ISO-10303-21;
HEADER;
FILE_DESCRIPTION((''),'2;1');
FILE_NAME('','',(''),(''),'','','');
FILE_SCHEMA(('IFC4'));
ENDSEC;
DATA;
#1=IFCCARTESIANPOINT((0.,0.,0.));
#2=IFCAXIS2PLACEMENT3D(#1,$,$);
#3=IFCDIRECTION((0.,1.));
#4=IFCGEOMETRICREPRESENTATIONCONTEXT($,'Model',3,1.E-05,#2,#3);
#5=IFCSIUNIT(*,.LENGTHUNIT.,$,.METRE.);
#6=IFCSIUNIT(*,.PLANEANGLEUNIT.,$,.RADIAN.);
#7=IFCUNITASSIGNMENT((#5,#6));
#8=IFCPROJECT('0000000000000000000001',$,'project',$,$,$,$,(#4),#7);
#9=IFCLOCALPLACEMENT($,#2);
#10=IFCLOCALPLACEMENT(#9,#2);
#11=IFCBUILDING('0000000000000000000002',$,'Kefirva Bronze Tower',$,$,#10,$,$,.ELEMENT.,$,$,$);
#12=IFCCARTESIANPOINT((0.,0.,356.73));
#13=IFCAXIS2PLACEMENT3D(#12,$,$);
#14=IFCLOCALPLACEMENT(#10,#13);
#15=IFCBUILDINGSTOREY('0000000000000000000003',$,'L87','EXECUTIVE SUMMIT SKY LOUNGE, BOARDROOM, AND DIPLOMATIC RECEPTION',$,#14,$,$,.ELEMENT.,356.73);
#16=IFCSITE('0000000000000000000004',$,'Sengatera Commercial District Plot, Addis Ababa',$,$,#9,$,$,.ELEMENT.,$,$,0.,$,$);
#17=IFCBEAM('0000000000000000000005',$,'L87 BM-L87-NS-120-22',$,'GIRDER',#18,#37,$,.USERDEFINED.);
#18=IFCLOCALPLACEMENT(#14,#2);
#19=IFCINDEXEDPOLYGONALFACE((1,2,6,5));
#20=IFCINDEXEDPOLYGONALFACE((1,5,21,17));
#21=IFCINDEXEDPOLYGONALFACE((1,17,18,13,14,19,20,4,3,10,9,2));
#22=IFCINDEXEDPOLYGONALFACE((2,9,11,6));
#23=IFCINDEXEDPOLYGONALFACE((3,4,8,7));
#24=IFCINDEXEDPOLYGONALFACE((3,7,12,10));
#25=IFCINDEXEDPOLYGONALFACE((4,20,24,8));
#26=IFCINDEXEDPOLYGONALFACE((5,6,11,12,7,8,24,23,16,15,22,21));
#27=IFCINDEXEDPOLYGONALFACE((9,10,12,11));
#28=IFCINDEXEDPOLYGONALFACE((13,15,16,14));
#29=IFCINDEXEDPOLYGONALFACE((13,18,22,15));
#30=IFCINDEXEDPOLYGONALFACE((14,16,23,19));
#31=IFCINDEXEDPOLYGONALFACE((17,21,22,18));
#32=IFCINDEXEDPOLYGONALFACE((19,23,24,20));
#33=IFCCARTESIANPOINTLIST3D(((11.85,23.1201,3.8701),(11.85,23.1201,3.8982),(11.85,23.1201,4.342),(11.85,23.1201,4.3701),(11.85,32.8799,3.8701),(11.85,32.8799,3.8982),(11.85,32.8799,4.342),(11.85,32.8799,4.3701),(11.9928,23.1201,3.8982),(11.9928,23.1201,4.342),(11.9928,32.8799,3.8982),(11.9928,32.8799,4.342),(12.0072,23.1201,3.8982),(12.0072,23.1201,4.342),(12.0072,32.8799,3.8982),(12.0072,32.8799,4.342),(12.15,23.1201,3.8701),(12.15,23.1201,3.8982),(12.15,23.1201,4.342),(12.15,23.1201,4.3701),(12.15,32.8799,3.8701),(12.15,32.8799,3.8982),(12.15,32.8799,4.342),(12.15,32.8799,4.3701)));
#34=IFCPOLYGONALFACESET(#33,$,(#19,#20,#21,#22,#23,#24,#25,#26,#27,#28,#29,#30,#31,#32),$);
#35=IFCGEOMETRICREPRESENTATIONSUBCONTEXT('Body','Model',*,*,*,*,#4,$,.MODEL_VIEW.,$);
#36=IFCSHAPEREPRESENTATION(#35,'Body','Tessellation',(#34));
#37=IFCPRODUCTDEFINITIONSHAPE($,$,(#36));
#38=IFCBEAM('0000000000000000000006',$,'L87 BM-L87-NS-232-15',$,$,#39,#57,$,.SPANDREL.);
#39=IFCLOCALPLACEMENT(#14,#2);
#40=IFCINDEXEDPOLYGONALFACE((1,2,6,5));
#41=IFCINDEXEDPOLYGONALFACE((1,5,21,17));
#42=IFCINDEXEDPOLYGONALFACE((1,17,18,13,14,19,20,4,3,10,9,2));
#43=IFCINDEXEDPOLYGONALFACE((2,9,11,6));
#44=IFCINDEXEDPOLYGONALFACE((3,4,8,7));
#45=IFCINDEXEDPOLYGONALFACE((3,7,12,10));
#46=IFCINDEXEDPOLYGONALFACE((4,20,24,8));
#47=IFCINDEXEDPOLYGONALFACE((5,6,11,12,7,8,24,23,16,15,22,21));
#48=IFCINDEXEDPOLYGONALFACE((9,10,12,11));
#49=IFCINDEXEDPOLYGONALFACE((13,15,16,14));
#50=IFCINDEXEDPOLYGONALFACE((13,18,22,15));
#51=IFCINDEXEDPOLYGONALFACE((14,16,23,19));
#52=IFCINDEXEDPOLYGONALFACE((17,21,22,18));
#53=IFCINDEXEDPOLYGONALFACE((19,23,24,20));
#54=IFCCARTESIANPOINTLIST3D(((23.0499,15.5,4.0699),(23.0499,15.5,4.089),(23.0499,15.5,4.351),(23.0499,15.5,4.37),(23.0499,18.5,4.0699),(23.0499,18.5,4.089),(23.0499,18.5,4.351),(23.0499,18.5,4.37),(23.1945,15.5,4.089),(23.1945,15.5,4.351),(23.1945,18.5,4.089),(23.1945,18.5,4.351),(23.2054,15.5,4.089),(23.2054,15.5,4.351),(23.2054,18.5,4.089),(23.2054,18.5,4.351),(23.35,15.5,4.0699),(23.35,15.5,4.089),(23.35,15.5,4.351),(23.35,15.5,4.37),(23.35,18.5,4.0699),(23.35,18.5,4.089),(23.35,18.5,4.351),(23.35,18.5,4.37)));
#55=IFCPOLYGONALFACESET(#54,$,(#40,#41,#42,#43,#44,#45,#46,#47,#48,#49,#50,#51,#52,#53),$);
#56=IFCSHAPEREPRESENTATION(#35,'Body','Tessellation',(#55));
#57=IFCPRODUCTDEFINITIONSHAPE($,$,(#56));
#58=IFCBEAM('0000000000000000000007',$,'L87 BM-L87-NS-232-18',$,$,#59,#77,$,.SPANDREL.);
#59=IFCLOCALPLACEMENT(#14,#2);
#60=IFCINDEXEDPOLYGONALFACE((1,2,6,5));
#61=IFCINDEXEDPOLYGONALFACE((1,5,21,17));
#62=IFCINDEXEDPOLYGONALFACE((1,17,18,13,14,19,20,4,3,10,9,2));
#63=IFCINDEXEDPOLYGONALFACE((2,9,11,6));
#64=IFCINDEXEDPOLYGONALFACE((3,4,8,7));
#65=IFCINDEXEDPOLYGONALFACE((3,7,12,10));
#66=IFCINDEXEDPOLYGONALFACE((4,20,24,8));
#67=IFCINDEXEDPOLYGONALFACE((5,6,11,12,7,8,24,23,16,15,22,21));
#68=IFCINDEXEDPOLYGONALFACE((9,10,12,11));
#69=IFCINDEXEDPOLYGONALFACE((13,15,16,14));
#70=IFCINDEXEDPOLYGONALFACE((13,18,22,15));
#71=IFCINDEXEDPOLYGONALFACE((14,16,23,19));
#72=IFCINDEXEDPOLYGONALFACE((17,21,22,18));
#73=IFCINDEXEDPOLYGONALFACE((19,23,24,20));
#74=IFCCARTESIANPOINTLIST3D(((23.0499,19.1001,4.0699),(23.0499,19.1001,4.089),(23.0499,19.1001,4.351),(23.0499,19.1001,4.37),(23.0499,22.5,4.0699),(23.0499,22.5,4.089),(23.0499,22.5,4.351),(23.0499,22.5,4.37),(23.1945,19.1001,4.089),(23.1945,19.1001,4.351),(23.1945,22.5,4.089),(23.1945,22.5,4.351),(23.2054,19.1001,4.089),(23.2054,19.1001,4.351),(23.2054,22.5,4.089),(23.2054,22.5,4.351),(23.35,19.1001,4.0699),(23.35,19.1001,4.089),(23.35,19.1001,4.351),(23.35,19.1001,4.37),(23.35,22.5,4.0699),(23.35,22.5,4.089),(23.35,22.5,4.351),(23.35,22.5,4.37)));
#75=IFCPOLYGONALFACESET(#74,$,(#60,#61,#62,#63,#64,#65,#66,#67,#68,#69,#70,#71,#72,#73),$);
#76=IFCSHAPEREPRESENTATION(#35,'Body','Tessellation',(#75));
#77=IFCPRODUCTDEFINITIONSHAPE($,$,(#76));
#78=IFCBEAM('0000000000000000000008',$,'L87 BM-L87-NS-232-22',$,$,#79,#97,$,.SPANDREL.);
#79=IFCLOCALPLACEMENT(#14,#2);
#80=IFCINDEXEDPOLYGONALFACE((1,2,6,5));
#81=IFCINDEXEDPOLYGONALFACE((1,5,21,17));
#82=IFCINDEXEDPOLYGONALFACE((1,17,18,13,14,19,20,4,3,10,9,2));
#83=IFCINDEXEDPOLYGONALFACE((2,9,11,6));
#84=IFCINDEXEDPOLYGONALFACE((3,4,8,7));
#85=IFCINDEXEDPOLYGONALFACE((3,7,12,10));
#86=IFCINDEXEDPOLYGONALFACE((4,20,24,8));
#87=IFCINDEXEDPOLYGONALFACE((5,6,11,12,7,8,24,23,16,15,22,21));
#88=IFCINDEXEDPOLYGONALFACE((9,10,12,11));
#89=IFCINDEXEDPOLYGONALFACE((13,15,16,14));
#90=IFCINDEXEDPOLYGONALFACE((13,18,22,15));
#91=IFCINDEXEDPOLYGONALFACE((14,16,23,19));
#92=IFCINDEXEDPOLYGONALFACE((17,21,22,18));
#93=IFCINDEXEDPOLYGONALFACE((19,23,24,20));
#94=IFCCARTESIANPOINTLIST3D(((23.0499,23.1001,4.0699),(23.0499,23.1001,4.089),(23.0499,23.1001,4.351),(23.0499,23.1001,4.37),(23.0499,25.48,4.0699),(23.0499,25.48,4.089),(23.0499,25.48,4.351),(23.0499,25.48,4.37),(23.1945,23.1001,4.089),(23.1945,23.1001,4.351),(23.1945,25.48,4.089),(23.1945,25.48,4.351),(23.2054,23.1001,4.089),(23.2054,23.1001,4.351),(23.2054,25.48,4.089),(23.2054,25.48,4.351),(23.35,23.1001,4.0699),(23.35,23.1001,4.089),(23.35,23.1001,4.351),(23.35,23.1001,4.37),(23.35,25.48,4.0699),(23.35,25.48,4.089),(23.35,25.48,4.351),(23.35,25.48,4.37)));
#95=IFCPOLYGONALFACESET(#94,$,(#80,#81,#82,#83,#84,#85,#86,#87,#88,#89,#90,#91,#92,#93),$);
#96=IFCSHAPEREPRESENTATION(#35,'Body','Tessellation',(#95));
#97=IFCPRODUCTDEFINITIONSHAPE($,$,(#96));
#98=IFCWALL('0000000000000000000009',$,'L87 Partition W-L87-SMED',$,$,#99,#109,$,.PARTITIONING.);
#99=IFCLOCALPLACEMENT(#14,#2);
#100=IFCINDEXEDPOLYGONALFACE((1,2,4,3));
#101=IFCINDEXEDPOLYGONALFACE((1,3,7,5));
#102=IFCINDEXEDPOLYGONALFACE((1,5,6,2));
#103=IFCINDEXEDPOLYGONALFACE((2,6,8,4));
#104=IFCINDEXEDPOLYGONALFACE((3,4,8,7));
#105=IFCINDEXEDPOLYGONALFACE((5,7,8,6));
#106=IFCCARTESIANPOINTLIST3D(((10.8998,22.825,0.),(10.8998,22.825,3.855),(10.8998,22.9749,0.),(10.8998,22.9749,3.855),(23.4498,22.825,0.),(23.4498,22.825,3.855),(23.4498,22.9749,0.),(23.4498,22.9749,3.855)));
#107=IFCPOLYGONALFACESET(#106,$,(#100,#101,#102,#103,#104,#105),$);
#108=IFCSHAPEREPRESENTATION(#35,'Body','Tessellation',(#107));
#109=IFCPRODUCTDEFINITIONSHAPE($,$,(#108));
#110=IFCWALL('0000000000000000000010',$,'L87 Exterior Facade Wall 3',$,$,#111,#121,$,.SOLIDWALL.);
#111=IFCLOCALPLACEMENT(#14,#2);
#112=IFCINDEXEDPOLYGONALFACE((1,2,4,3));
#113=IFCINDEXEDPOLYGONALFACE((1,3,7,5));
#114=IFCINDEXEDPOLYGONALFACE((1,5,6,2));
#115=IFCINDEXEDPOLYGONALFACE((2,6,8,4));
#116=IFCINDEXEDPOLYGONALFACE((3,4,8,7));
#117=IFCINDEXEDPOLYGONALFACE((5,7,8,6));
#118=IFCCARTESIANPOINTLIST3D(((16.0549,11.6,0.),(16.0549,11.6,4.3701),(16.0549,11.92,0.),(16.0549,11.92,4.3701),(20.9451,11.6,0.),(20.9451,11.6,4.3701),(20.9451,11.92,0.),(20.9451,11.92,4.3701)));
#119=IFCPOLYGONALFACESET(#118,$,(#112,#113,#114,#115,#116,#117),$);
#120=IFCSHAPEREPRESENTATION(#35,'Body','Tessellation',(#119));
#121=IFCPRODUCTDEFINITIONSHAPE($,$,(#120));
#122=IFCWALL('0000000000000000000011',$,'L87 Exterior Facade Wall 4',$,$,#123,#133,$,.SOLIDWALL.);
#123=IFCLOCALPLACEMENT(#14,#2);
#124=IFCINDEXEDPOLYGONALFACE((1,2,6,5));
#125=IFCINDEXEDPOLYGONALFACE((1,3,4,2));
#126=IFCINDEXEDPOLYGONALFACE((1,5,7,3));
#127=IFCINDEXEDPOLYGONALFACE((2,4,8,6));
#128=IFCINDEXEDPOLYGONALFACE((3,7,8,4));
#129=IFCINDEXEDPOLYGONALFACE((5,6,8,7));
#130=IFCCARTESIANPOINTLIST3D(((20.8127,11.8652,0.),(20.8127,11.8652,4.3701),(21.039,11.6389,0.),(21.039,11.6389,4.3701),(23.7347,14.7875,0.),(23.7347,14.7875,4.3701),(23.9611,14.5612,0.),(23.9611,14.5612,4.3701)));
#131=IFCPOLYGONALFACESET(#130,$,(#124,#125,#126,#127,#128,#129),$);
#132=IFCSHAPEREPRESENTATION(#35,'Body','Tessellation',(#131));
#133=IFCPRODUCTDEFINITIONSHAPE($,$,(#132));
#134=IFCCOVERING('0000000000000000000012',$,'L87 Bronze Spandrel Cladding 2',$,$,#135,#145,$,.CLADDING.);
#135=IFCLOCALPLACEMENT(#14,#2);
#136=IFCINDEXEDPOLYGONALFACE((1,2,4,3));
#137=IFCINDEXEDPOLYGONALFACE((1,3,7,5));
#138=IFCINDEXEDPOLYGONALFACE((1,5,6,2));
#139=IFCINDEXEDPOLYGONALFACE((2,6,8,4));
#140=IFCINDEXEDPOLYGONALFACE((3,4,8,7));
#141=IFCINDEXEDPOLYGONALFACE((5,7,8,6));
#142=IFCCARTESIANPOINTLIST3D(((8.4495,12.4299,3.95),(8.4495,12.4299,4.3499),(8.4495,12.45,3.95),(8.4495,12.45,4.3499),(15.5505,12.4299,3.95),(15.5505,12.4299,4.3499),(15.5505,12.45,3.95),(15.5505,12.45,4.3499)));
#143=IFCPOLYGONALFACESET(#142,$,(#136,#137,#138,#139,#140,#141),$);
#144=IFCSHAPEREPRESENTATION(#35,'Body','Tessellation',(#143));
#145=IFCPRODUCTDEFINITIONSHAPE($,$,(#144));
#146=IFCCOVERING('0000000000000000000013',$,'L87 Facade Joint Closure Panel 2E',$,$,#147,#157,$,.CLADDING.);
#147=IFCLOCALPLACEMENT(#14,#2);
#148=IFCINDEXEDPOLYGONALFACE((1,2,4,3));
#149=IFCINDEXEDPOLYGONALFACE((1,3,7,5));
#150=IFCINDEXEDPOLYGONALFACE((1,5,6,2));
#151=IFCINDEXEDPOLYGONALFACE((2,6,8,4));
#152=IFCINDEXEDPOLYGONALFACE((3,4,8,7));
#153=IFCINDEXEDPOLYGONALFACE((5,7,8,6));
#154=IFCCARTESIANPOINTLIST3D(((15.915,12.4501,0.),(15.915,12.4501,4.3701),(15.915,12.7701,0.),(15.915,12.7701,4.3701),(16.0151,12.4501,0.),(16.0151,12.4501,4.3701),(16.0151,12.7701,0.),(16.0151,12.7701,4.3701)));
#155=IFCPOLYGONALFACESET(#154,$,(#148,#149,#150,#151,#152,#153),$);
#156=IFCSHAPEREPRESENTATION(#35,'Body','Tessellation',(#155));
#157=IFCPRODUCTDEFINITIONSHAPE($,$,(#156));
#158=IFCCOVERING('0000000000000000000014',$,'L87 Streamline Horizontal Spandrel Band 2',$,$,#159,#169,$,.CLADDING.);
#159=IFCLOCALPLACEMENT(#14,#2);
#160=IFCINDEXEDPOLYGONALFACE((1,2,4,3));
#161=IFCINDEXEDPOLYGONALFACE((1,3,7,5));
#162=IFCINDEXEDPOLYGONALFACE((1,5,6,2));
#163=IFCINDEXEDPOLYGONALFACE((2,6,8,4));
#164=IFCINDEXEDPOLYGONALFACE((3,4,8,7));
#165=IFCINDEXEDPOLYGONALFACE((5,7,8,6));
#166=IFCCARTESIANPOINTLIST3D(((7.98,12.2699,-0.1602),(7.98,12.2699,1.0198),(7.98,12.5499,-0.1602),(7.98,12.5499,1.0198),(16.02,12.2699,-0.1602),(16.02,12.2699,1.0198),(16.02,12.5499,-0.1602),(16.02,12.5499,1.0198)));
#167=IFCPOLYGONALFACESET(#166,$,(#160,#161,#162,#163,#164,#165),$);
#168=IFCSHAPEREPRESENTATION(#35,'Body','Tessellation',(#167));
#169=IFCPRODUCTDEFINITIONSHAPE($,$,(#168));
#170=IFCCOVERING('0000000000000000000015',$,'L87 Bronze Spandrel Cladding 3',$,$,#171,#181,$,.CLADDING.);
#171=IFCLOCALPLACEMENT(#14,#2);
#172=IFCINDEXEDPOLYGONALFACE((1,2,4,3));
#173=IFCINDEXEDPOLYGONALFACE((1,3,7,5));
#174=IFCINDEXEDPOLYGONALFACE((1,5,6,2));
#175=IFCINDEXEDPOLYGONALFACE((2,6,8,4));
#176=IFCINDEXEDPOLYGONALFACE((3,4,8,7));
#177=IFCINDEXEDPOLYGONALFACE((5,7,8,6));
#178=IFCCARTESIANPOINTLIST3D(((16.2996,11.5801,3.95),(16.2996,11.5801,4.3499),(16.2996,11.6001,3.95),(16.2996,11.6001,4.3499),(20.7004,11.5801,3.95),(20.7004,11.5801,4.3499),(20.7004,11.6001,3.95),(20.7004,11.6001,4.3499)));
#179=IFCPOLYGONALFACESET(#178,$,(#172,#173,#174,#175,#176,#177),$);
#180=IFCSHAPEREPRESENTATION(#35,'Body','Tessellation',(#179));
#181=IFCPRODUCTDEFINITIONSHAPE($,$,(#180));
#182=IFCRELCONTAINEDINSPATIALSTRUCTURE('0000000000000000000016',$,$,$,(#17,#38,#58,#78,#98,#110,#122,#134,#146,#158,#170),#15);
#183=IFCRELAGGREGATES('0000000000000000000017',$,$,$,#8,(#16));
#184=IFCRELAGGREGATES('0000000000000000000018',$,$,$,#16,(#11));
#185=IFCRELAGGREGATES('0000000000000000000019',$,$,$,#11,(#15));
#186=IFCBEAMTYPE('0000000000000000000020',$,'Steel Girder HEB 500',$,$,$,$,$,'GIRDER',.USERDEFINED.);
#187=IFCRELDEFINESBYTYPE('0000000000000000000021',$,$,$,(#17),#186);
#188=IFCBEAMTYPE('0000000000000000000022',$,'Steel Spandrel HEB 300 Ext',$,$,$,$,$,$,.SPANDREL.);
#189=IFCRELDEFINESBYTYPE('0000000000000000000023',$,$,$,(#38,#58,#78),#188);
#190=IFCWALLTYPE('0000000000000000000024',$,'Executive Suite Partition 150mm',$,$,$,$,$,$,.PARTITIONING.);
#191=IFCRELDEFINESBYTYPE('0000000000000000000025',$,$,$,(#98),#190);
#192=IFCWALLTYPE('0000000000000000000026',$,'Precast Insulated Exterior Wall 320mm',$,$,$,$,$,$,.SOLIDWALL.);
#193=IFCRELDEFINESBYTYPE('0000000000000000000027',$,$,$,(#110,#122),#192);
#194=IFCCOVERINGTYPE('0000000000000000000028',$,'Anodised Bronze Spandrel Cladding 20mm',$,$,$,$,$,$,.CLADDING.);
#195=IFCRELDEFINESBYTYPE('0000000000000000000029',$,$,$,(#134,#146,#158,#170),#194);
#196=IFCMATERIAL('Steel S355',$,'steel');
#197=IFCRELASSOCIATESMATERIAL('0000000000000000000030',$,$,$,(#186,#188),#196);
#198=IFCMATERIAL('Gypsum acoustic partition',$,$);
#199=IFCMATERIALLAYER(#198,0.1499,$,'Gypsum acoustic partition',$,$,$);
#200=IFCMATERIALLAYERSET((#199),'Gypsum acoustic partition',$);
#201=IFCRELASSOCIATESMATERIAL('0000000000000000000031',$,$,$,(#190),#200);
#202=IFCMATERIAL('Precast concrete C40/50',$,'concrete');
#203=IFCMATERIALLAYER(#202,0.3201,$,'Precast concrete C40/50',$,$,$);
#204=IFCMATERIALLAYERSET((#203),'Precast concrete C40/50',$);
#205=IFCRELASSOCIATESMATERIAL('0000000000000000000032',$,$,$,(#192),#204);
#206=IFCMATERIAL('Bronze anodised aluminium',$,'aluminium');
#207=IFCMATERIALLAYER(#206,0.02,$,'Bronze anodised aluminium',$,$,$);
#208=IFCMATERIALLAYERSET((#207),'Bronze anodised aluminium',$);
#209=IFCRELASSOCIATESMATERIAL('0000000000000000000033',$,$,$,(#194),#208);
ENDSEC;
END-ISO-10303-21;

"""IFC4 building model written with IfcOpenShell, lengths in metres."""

from ifc_helpers import new_model, si_unit, direction, frame, frame_2d, origin, origin_2d, place, context, subcontext, project, spatial, rectangle, i_section, extrude, material, layer, layer_set, material_profile, profile_set, type_object, element, save


model = new_model("IFC4")

# Units and contexts
model_context = context("Model", 3, precision=1e-05, world=origin(), true_north=direction((0.0, 1.0)))
body_context = subcontext(model_context, "Body", "Model", "MODEL_VIEW")
ifc_project = project(units=[si_unit("LENGTHUNIT", "METRE"), si_unit("PLANEANGLEUNIT", "RADIAN")], contexts=[model_context])

# Site, building, storey
site_placement = place(None, origin())
site = spatial("IfcSite", under=ifc_project, at=site_placement, Name="Sengatera Commercial District Plot, Addis Ababa", CompositionType="ELEMENT", RefElevation=0.0)
building_placement = place(site_placement, origin())
building = spatial("IfcBuilding", under=site, at=building_placement, Name="Kefirva Bronze Tower", CompositionType="ELEMENT")
storey_placement = place(building_placement, frame((0.0, 0.0, 356.73)))
storey = spatial("IfcBuildingStorey", under=building, at=storey_placement, Name="L87", Description="EXECUTIVE SUMMIT SKY LOUNGE, BOARDROOM, AND DIPLOMATIC RECEPTION", CompositionType="ELEMENT", Elevation=356.73)

# Beams
ifc_material_1 = material(Name="Steel S355", Category="steel")
ifc_material_profile_1 = material_profile(ifc_material_1, i_section(OverallWidth=0.3, OverallDepth=0.5, WebThickness=0.0144, FlangeThickness=0.0281, at=origin_2d()), Name="HEB 500")
ifc_profile_set_1 = profile_set([ifc_material_profile_1], Name="Steel S355")
beam_type_1 = type_object("IfcBeamType", Name="Steel Girder HEB 500", ElementType="GIRDER", PredefinedType="USERDEFINED", material=ifc_profile_set_1)
beam_1_placement = place(storey_placement, frame((12.0, 23.1201, 4.1201), z_axis=(0.0, 1.0, 0.0), x_axis=(-1.0, 0.0, 0.0)))
element("IfcBeam", 1, at=beam_1_placement, inside=storey, type_object=beam_type_1, Name="L87 BM-L87-NS-120-22", ObjectType="GIRDER", PredefinedType="USERDEFINED", context=body_context, shape_type="SweptSolid", body=[
    extrude(i_section(OverallWidth=0.3, OverallDepth=0.5, WebThickness=0.0144, FlangeThickness=0.0281, at=origin_2d()), origin(), (0.0, 0.0, 1.0), 9.7598),
])
ifc_material_profile_2 = material_profile(ifc_material_1, i_section(OverallWidth=0.3, OverallDepth=0.3, WebThickness=0.011, FlangeThickness=0.019, at=origin_2d()), Name="HEB 300")
ifc_profile_set_2 = profile_set([ifc_material_profile_2], Name="Steel S355")
beam_type_2 = type_object("IfcBeamType", Name="Steel Spandrel HEB 300 Ext", PredefinedType="SPANDREL", material=ifc_profile_set_2)
beam_2_placement = place(storey_placement, frame((23.2, 15.5, 4.22), z_axis=(0.0, 1.0, 0.0), x_axis=(-1.0, 0.0, 0.0)))
element("IfcBeam", 2, at=beam_2_placement, inside=storey, type_object=beam_type_2, Name="L87 BM-L87-NS-232-15", PredefinedType="SPANDREL", context=body_context, shape_type="SweptSolid", body=[
    extrude(i_section(OverallWidth=0.3, OverallDepth=0.3, WebThickness=0.011, FlangeThickness=0.019, at=origin_2d()), origin(), (0.0, 0.0, 1.0), 3.0),
])
beam_3_placement = place(storey_placement, frame((23.2, 19.1001, 4.22), z_axis=(0.0, 1.0, 0.0), x_axis=(-1.0, 0.0, 0.0)))
element("IfcBeam", 3, at=beam_3_placement, inside=storey, type_object=beam_type_2, Name="L87 BM-L87-NS-232-18", PredefinedType="SPANDREL", context=body_context, shape_type="SweptSolid", body=[
    extrude(i_section(OverallWidth=0.3, OverallDepth=0.3, WebThickness=0.011, FlangeThickness=0.019, at=origin_2d()), origin(), (0.0, 0.0, 1.0), 3.3999),
])
beam_4_placement = place(storey_placement, frame((23.2, 23.1001, 4.22), z_axis=(0.0, 1.0, 0.0), x_axis=(-1.0, 0.0, 0.0)))
element("IfcBeam", 4, at=beam_4_placement, inside=storey, type_object=beam_type_2, Name="L87 BM-L87-NS-232-22", PredefinedType="SPANDREL", context=body_context, shape_type="SweptSolid", body=[
    extrude(i_section(OverallWidth=0.3, OverallDepth=0.3, WebThickness=0.011, FlangeThickness=0.019, at=origin_2d()), origin(), (0.0, 0.0, 1.0), 2.3799),
])

# Walls
ifc_material_2 = material(Name="Gypsum acoustic partition")
ifc_layer_1 = layer(ifc_material_2, 0.1499, Name="Gypsum acoustic partition")
ifc_layer_set_1 = layer_set([ifc_layer_1], Name="Gypsum acoustic partition")
wall_type_1 = type_object("IfcWallType", Name="Executive Suite Partition 150mm", PredefinedType="PARTITIONING", material=ifc_layer_set_1)
wall_1_placement = place(storey_placement, frame((10.8999, 22.8999, 0.0), z_axis=(0.0, 0.0, 1.0), x_axis=(1.0, 0.0, 0.0)))
element("IfcWall", 5, at=wall_1_placement, inside=storey, type_object=wall_type_1, Name="L87 Partition W-L87-SMED", PredefinedType="PARTITIONING", context=body_context, shape_type="SweptSolid", body=[
    extrude(rectangle(XDim=12.55, YDim=0.1499, at=frame_2d((6.2749, 0.0))), origin(), (0.0, 0.0, 1.0), 3.855),
])
ifc_material_3 = material(Name="Precast concrete C40/50", Category="concrete")
ifc_layer_2 = layer(ifc_material_3, 0.3201, Name="Precast concrete C40/50")
ifc_layer_set_2 = layer_set([ifc_layer_2], Name="Precast concrete C40/50")
wall_type_2 = type_object("IfcWallType", Name="Precast Insulated Exterior Wall 320mm", PredefinedType="SOLIDWALL", material=ifc_layer_set_2)
wall_2_placement = place(storey_placement, frame((16.0549, 11.76, 0.0), z_axis=(0.0, 0.0, 1.0), x_axis=(1.0, 0.0, 0.0)))
element("IfcWall", 6, at=wall_2_placement, inside=storey, type_object=wall_type_2, Name="L87 Exterior Facade Wall 3", PredefinedType="SOLIDWALL", context=body_context, shape_type="SweptSolid", body=[
    extrude(rectangle(XDim=4.8901, YDim=0.3201, at=frame_2d((2.4451, 0.0))), origin(), (0.0, 0.0, 1.0), 4.3701),
])
wall_3_placement = place(storey_placement, frame((20.9258, 11.752, 0.0), z_axis=(0.0, 0.0, 1.0), x_axis=(0.707077, 0.707136, 0.0)))
element("IfcWall", 7, at=wall_3_placement, inside=storey, type_object=wall_type_2, Name="L87 Exterior Facade Wall 4", PredefinedType="SOLIDWALL", context=body_context, shape_type="SweptSolid", body=[
    extrude(rectangle(XDim=4.1326, YDim=0.3201, at=frame_2d((2.0664, 0.0))), origin(), (0.0, 0.0, 1.0), 4.3701),
])

# Coverings
ifc_material_4 = material(Name="Bronze anodised aluminium", Category="aluminium")
ifc_layer_3 = layer(ifc_material_4, 0.02, Name="Bronze anodised aluminium")
ifc_layer_set_3 = layer_set([ifc_layer_3], Name="Bronze anodised aluminium")
covering_type_1 = type_object("IfcCoveringType", Name="Anodised Bronze Spandrel Cladding 20mm", PredefinedType="CLADDING", material=ifc_layer_set_3)
covering_1_placement = place(storey_placement, frame((12.0, 12.4399, 3.95), z_axis=(0.0, 0.0, 1.0), x_axis=(1.0, 0.0, 0.0)))
element("IfcCovering", 8, at=covering_1_placement, inside=storey, type_object=covering_type_1, Name="L87 Bronze Spandrel Cladding 2", PredefinedType="CLADDING", context=body_context, shape_type="SweptSolid", body=[
    extrude(rectangle(XDim=7.1011, YDim=0.02, at=origin_2d()), origin(), (0.0, 0.0, 1.0), 0.3999),
])
covering_2_placement = place(storey_placement, frame((15.9651, 12.6101, 0.0), z_axis=(0.0, 0.0, 1.0), x_axis=(1.0, 0.0, 0.0)))
element("IfcCovering", 9, at=covering_2_placement, inside=storey, type_object=covering_type_1, Name="L87 Facade Joint Closure Panel 2E", PredefinedType="CLADDING", context=body_context, shape_type="SweptSolid", body=[
    extrude(rectangle(XDim=0.1001, YDim=0.3201, at=origin_2d()), origin(), (0.0, 0.0, 1.0), 4.3701),
])
covering_3_placement = place(storey_placement, frame((12.0, 12.4099, -0.1602), z_axis=(0.0, 0.0, 1.0), x_axis=(1.0, 0.0, 0.0)))
element("IfcCovering", 10, at=covering_3_placement, inside=storey, type_object=covering_type_1, Name="L87 Streamline Horizontal Spandrel Band 2", PredefinedType="CLADDING", context=body_context, shape_type="SweptSolid", body=[
    extrude(rectangle(XDim=8.04, YDim=0.28, at=origin_2d()), origin(), (0.0, 0.0, 1.0), 1.1799),
])
covering_4_placement = place(storey_placement, frame((18.5, 11.5901, 3.95), z_axis=(0.0, 0.0, 1.0), x_axis=(1.0, 0.0, 0.0)))
element("IfcCovering", 11, at=covering_4_placement, inside=storey, type_object=covering_type_1, Name="L87 Bronze Spandrel Cladding 3", PredefinedType="CLADDING", context=body_context, shape_type="SweptSolid", body=[
    extrude(rectangle(XDim=4.4009, YDim=0.02, at=origin_2d()), origin(), (0.0, 0.0, 1.0), 0.3999),
])

save(model, "model.ifc")
